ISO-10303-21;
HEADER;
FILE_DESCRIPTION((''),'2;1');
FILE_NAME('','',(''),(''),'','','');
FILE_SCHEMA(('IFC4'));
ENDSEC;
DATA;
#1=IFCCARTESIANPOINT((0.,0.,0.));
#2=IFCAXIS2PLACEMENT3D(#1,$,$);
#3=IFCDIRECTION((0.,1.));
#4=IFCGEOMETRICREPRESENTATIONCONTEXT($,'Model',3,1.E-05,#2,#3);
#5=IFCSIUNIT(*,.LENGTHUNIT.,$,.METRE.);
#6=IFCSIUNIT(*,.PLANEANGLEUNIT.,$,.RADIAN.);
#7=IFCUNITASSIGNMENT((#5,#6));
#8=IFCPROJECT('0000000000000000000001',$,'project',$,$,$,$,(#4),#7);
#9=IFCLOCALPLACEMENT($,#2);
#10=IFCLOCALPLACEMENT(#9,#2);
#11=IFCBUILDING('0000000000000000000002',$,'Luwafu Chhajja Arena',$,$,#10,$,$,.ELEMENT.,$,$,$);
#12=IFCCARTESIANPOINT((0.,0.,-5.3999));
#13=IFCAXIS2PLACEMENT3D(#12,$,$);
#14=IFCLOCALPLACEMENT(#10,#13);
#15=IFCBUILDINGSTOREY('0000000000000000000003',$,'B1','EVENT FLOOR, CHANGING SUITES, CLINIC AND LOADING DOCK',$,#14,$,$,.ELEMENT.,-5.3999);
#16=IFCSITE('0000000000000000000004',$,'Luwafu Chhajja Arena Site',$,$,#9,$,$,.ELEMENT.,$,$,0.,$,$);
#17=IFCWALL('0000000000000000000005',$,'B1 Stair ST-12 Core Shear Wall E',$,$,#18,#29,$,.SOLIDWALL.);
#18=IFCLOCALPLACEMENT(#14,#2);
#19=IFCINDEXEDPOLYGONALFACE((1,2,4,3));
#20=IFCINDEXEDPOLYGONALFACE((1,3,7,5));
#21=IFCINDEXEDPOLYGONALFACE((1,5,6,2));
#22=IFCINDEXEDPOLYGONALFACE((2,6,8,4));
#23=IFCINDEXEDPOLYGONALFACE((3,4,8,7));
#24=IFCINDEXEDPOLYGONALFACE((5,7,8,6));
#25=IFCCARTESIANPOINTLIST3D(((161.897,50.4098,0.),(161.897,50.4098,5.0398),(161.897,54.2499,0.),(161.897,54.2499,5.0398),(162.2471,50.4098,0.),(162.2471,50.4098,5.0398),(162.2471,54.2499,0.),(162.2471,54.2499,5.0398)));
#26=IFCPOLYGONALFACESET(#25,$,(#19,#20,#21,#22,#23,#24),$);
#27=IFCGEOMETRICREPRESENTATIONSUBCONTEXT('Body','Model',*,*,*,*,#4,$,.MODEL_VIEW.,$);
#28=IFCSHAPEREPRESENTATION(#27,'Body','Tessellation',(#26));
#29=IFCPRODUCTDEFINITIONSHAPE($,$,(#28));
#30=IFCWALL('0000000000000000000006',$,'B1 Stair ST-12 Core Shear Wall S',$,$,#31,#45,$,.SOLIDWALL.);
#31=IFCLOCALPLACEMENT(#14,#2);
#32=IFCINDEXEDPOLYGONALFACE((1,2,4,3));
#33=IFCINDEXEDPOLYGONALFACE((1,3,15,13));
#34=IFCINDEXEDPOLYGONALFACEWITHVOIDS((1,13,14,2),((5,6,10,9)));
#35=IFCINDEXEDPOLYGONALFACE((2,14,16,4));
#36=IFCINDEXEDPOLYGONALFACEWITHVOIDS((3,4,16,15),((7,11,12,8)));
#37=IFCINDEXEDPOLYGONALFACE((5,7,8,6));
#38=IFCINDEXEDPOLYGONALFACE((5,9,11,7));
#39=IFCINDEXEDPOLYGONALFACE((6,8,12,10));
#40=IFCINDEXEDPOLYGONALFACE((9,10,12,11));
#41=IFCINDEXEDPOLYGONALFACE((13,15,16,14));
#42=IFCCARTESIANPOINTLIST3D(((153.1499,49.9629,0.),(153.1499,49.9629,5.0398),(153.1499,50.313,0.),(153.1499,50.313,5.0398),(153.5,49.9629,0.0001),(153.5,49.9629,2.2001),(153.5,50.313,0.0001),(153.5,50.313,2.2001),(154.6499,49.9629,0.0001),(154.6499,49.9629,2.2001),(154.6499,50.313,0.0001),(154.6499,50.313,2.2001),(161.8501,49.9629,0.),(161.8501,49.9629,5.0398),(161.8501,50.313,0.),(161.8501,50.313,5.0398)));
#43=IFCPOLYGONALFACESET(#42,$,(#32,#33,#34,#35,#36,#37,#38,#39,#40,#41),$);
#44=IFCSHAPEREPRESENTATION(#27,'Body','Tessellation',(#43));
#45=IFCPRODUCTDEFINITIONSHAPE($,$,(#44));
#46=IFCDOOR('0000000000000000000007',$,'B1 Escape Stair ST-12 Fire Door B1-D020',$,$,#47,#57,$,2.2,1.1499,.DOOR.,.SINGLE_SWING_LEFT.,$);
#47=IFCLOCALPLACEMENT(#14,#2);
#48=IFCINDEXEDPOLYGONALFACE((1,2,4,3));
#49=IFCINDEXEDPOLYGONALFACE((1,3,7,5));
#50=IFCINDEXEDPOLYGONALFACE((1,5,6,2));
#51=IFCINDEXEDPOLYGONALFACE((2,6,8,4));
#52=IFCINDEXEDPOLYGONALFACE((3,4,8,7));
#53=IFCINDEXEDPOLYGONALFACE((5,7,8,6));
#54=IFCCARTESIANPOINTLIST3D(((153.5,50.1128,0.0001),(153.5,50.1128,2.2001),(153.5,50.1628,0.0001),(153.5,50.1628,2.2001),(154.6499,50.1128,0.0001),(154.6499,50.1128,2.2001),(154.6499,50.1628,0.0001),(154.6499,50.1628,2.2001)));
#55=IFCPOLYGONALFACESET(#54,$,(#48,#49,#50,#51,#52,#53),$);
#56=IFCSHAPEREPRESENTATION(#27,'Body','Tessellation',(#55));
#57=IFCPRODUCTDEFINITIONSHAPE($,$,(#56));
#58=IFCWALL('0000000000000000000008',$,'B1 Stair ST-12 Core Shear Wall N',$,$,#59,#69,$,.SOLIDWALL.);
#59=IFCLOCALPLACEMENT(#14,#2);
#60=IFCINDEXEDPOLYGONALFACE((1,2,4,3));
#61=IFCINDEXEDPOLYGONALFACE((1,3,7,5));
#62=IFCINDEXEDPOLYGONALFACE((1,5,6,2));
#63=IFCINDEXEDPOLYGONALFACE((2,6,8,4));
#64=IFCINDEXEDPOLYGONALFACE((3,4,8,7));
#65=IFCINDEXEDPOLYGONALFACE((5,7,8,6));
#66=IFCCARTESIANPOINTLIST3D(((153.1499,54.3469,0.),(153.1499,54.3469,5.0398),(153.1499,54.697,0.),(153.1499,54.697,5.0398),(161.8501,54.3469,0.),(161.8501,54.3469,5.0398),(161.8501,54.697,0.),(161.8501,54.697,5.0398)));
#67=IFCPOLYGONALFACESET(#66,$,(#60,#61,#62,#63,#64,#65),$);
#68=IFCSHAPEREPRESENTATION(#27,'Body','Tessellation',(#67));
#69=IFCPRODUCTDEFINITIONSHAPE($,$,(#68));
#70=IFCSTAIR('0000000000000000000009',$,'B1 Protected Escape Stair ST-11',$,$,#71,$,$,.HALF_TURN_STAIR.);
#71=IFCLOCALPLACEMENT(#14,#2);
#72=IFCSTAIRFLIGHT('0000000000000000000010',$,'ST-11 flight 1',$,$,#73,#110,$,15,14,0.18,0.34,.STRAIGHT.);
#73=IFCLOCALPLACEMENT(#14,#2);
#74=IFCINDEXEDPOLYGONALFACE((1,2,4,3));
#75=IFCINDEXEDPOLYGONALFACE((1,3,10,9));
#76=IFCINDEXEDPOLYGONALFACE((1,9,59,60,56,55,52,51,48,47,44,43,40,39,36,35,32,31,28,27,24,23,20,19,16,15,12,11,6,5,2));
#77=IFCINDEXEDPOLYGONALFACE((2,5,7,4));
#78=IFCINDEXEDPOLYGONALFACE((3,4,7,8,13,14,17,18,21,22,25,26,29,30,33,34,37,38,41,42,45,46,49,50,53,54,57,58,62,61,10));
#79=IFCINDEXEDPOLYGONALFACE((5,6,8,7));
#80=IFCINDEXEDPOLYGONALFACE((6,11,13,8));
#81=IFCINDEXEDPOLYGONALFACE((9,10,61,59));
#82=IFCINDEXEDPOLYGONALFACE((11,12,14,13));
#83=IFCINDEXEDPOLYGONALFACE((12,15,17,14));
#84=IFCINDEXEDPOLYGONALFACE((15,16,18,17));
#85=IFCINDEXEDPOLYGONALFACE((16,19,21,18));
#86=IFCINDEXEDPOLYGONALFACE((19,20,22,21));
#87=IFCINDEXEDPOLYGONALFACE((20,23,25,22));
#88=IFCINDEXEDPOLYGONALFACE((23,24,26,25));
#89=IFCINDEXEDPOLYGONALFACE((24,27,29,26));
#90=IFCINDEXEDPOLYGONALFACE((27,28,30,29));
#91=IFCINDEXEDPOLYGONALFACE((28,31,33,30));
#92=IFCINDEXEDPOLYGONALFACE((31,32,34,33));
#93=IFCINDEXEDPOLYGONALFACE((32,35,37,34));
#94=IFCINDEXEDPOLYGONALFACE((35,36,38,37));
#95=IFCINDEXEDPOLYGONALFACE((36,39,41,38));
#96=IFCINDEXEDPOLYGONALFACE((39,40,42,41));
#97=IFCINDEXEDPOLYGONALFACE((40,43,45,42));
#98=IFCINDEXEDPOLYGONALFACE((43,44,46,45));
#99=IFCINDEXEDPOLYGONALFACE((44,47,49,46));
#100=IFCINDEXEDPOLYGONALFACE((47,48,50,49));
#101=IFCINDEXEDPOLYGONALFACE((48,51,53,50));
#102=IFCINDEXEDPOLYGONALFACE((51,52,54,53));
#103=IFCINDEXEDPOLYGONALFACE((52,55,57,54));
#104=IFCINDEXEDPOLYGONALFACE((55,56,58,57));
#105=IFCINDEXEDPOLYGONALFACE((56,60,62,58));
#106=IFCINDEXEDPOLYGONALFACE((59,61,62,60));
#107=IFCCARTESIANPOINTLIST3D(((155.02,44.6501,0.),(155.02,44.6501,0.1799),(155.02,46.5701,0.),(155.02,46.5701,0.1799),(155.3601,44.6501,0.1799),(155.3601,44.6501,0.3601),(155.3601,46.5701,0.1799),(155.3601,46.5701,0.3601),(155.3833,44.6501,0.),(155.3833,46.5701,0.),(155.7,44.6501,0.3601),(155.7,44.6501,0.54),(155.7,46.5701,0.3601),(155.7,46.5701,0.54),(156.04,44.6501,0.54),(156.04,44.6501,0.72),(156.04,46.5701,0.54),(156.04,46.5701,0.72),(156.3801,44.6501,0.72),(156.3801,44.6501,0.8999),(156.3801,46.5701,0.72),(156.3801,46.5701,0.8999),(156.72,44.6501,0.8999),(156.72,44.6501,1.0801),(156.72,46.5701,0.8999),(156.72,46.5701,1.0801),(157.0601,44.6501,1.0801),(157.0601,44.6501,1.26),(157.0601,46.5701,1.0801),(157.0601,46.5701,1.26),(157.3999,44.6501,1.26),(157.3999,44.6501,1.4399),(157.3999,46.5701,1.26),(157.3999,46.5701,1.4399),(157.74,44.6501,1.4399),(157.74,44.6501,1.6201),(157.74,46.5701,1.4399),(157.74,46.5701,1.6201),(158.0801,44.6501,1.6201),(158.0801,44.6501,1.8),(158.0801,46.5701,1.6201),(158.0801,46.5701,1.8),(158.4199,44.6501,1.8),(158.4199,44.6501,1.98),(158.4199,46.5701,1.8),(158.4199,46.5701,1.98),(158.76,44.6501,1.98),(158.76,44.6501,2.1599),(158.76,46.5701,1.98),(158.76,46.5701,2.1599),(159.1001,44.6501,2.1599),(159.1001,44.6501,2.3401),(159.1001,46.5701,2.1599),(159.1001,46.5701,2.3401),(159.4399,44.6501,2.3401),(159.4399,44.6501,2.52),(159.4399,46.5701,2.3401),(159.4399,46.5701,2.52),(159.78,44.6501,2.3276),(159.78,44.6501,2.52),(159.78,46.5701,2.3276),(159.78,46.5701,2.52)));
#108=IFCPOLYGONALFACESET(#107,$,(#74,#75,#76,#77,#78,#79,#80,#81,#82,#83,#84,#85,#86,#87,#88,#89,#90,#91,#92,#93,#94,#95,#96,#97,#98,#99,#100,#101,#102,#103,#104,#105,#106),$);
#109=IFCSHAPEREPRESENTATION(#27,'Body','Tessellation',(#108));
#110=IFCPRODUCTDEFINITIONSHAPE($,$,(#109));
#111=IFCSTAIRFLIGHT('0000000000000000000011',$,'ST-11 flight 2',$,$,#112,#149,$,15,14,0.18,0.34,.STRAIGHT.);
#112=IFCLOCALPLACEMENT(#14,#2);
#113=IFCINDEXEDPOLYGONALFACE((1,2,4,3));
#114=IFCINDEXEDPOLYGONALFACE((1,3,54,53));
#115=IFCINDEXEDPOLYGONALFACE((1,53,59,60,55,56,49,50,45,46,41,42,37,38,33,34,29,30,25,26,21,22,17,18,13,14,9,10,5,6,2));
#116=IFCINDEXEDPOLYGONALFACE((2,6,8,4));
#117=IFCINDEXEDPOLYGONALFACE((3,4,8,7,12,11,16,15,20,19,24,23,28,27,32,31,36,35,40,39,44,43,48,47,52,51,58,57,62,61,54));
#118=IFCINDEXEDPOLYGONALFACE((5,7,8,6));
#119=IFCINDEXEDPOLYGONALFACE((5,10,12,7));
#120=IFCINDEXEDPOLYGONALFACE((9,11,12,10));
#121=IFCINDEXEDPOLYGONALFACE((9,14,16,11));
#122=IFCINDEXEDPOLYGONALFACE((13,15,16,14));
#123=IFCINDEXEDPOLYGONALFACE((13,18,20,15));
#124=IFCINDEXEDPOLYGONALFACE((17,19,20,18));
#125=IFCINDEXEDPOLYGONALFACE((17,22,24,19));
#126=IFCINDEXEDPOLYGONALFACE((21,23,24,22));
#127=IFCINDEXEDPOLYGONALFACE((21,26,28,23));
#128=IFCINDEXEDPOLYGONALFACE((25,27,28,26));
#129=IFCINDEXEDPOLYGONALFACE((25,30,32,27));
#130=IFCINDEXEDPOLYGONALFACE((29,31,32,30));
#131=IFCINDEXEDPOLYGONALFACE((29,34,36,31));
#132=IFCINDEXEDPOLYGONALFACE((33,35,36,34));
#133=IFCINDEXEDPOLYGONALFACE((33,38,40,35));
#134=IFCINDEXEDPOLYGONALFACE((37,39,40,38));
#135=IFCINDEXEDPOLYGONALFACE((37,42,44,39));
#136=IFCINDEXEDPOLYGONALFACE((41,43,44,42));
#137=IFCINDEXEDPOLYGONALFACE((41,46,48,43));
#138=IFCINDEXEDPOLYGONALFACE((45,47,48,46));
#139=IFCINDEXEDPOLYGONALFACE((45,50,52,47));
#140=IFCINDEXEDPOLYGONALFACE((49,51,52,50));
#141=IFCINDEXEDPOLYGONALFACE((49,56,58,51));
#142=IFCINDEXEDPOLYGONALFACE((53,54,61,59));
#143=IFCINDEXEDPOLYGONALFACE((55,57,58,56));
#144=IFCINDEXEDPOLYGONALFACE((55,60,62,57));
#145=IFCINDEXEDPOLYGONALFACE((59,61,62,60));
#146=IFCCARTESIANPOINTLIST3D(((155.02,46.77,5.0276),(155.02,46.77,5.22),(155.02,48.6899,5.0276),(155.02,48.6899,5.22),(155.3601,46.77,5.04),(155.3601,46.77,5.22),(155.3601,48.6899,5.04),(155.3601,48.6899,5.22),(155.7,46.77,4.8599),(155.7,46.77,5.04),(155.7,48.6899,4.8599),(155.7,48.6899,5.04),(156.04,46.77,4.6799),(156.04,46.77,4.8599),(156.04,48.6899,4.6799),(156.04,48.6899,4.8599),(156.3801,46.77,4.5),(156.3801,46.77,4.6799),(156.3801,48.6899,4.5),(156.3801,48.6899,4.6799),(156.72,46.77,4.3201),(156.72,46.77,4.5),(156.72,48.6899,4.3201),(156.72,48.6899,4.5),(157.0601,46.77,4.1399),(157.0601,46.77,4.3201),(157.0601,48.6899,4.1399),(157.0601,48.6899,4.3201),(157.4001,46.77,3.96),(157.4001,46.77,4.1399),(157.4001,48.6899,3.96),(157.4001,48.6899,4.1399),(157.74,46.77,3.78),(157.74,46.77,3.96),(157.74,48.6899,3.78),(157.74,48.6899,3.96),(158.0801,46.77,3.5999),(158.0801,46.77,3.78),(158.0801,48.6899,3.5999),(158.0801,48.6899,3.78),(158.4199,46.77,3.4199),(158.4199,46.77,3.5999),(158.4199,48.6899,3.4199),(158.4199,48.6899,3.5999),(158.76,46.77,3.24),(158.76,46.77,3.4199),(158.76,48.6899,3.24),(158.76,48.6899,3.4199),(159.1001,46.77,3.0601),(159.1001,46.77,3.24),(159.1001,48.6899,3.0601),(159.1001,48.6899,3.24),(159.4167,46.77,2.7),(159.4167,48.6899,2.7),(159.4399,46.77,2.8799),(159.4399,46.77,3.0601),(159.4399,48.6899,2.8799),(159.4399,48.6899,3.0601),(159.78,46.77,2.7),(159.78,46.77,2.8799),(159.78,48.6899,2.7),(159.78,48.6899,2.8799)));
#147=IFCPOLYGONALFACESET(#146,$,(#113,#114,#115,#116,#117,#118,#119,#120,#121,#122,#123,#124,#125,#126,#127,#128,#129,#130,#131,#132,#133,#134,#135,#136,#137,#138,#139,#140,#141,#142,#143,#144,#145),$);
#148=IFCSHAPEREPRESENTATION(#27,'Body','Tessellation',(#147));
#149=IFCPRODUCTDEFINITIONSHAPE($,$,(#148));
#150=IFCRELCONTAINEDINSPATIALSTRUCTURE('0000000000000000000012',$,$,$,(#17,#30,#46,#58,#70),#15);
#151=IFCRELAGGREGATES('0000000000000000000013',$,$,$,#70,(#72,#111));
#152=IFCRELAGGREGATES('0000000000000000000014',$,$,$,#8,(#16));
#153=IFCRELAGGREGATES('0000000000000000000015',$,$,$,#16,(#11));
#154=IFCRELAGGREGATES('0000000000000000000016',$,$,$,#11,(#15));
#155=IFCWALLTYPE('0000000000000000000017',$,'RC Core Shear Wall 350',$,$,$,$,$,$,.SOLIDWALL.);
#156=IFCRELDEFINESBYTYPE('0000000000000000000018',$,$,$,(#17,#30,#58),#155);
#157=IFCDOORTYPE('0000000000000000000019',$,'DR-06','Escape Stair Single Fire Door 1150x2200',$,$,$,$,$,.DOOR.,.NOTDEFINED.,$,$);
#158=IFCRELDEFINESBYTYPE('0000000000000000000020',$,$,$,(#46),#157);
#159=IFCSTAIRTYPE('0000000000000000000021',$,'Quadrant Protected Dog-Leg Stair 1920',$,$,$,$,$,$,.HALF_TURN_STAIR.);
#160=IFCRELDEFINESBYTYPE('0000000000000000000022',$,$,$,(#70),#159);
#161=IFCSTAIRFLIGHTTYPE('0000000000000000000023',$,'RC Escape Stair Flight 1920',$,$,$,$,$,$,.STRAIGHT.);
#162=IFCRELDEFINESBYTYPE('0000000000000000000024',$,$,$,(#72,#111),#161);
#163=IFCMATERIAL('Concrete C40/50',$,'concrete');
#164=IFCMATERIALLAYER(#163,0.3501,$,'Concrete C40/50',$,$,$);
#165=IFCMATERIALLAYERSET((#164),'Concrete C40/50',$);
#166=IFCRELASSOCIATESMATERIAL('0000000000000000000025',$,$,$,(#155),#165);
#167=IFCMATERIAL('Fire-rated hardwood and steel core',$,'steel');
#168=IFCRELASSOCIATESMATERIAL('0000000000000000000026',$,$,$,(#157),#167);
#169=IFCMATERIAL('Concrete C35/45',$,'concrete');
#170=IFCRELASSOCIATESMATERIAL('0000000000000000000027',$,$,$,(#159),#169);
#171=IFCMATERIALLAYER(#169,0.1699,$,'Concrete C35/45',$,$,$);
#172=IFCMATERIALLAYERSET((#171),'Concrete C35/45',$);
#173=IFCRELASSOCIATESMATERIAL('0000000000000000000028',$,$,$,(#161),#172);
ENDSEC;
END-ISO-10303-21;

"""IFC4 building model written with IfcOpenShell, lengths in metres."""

from ifc_helpers import new_model, si_unit, direction, frame, frame_2d, origin, place, context, subcontext, project, spatial, polyline, rectangle, outline, extrude, material, layer, layer_set, type_object, element, fill, aggregate, save


model = new_model("IFC4")

# Units and contexts
model_context = context("Model", 3, precision=1e-05, world=origin(), true_north=direction((0.0, 1.0)))
body_context = subcontext(model_context, "Body", "Model", "MODEL_VIEW")
ifc_project = project(units=[si_unit("LENGTHUNIT", "METRE"), si_unit("PLANEANGLEUNIT", "RADIAN")], contexts=[model_context])

# Site, building, storey
site_placement = place(None, origin())
site = spatial("IfcSite", under=ifc_project, at=site_placement, Name="Luwafu Chhajja Arena Site", CompositionType="ELEMENT", RefElevation=0.0)
building_placement = place(site_placement, origin())
building = spatial("IfcBuilding", under=site, at=building_placement, Name="Luwafu Chhajja Arena", CompositionType="ELEMENT")
storey_placement = place(building_placement, frame((0.0, 0.0, -5.3999)))
storey = spatial("IfcBuildingStorey", under=building, at=storey_placement, Name="B1", Description="EVENT FLOOR, CHANGING SUITES, CLINIC AND LOADING DOCK", CompositionType="ELEMENT", Elevation=-5.3999)

# Shared definitions
ifc_material_1 = material(Name="Concrete C35/45", Category="concrete")

# Shared definitions
ifc_material_2 = material(Name="Concrete C40/50", Category="concrete")
ifc_layer_1 = layer(ifc_material_2, 0.3501, Name="Concrete C40/50")
ifc_layer_set_1 = layer_set([ifc_layer_1], Name="Concrete C40/50")
wall_type = type_object("IfcWallType", Name="RC Core Shear Wall 350", PredefinedType="SOLIDWALL", material=ifc_layer_set_1)

# Shared definitions
ifc_material_3 = material(Name="Fire-rated hardwood and steel core", Category="steel")
door_type = type_object("IfcDoorType", Name="DR-06", Description="Escape Stair Single Fire Door 1150x2200", OperationType="NOTDEFINED", PredefinedType="DOOR", material=ifc_material_3)

# Wall
wall_1_placement = place(storey_placement, frame((162.072, 50.4099, 0.0), z_axis=(0.0, 0.0, 1.0), x_axis=(0.0, 1.0, 0.0)))
element("IfcWall", 1, at=wall_1_placement, inside=storey, type_object=wall_type, Name="B1 Stair ST-12 Core Shear Wall E", PredefinedType="SOLIDWALL", context=body_context, shape_type="SweptSolid", body=[
    extrude(rectangle(XDim=3.8401, YDim=0.3501, at=frame_2d((1.9199, 0.0))), origin(), (0.0, 0.0, 1.0), 5.0398),
])

# Wall, opening, door
wall_2_placement = place(storey_placement, frame((153.1499, 50.1379, 0.0), z_axis=(0.0, 0.0, 1.0), x_axis=(1.0, 0.0, 0.0)))
wall_2 = element("IfcWall", 2, at=wall_2_placement, inside=storey, type_object=wall_type, Name="B1 Stair ST-12 Core Shear Wall S", PredefinedType="SOLIDWALL", context=body_context, shape_type="SweptSolid", body=[
    extrude(rectangle(XDim=8.7002, YDim=0.3501, at=frame_2d((4.3501, 0.0))), origin(), (0.0, 0.0, 1.0), 5.0398),
])
opening_1_placement = place(wall_2_placement, frame((0.3501, 0.0, 0.0)))
opening_1 = element("IfcOpeningElement", 3, at=opening_1_placement, cuts=wall_2, PredefinedType="OPENING", context=body_context, shape_type="SweptSolid", body=[
    extrude(rectangle(XDim=1.1499, YDim=2.2, at=frame_2d((0.575, 1.1001))), frame((0.0, 0.1851, 0.0), z_axis=(0.0, -1.0, 0.0), x_axis=(1.0, 0.0, 0.0)), (0.0, 0.0, 1.0), 0.3701),
])
door_1_placement = place(opening_1_placement, origin())
door_1 = element("IfcDoor", 4, at=door_1_placement, inside=storey, type_object=door_type, Name="B1 Escape Stair ST-12 Fire Door B1-D020", OperationType="SINGLE_SWING_LEFT", OverallHeight=2.2, OverallWidth=1.1499, PredefinedType="DOOR", context=body_context, shape_type="SweptSolid", body=[
    extrude(rectangle(XDim=1.1499, YDim=2.2, at=frame_2d((0.575, 1.1001))), frame((0.0, 0.0249, 0.0), z_axis=(0.0, -1.0, 0.0), x_axis=(1.0, 0.0, 0.0)), (0.0, 0.0, 1.0), 0.05),
])
fill(opening_1, door_1)

# Wall
wall_3_placement = place(storey_placement, frame((153.1499, 54.522, 0.0), z_axis=(0.0, 0.0, 1.0), x_axis=(1.0, 0.0, 0.0)))
element("IfcWall", 5, at=wall_3_placement, inside=storey, type_object=wall_type, Name="B1 Stair ST-12 Core Shear Wall N", PredefinedType="SOLIDWALL", context=body_context, shape_type="SweptSolid", body=[
    extrude(rectangle(XDim=8.7002, YDim=0.3501, at=frame_2d((4.3501, 0.0))), origin(), (0.0, 0.0, 1.0), 5.0398),
])

# Stair, stair flights
stair_type = type_object("IfcStairType", Name="Quadrant Protected Dog-Leg Stair 1920", PredefinedType="HALF_TURN_STAIR", material=ifc_material_1)
stair_1_placement = place(storey_placement, origin())
stair_1 = element("IfcStair", 6, at=stair_1_placement, inside=storey, type_object=stair_type, Name="B1 Protected Escape Stair ST-11", PredefinedType="HALF_TURN_STAIR")
ifc_layer_2 = layer(ifc_material_1, 0.1699, Name="Concrete C35/45")
ifc_layer_set_2 = layer_set([ifc_layer_2], Name="Concrete C35/45")
stair_flight_type = type_object("IfcStairFlightType", Name="RC Escape Stair Flight 1920", PredefinedType="STRAIGHT", material=ifc_layer_set_2)
stair_flight_1_placement = place(storey_placement, frame((155.02, 45.6101, 0.0), z_axis=(0.0, 0.0, 1.0), x_axis=(1.0, 0.0, 0.0)))
stair_flight_1 = element("IfcStairFlight", 7, at=stair_flight_1_placement, type_object=stair_flight_type, Name="ST-11 flight 1", NumberOfRisers=15, NumberOfTreads=14, PredefinedType="STRAIGHT", RiserHeight=0.18, TreadLength=0.34, context=body_context, shape_type="SweptSolid", body=[
    extrude(outline(polyline([(0.0, 0.0), (0.0, 0.1799), (0.3401, 0.1799), (0.3401, 0.3601), (0.6799, 0.3601), (0.6799, 0.54), (1.02, 0.54), (1.02, 0.72), (1.3601, 0.72), (1.3601, 0.8999), (1.7, 0.8999), (1.7, 1.0801), (2.04, 1.0801), (2.04, 1.26), (2.3799, 1.26), (2.3799, 1.4399), (2.72, 1.4399), (2.72, 1.6201), (3.0601, 1.6201), (3.0601, 1.8), (3.3999, 1.8), (3.3999, 1.98), (3.74, 1.98), (3.74, 2.1599), (4.0801, 2.1599), (4.0801, 2.3401), (4.4199, 2.3401), (4.4199, 2.52), (4.76, 2.52), (4.76, 2.7), (4.76, 2.3276), (0.3633, 0.0), (0.0, 0.0)])), frame((0.0, 0.96, 0.0), z_axis=(0.0, -1.0, 0.0), x_axis=(1.0, 0.0, 0.0)), (0.0, 0.0, 1.0), 1.9199),
])
stair_flight_2_placement = place(storey_placement, frame((159.78, 47.73, 2.7), z_axis=(0.0, 0.0, 1.0), x_axis=(-1.0, 0.0, 0.0)))
stair_flight_2 = element("IfcStairFlight", 8, at=stair_flight_2_placement, type_object=stair_flight_type, Name="ST-11 flight 2", NumberOfRisers=15, NumberOfTreads=14, PredefinedType="STRAIGHT", RiserHeight=0.18, TreadLength=0.34, context=body_context, shape_type="SweptSolid", body=[
    extrude(outline(polyline([(0.0, 0.0), (0.0, 0.1799), (0.3401, 0.1799), (0.3401, 0.3601), (0.6799, 0.3601), (0.6799, 0.54), (1.02, 0.54), (1.02, 0.72), (1.3601, 0.72), (1.3601, 0.8999), (1.7, 0.8999), (1.7, 1.0801), (2.04, 1.0801), (2.04, 1.26), (2.3799, 1.26), (2.3799, 1.4399), (2.72, 1.4399), (2.72, 1.6201), (3.0601, 1.6201), (3.0601, 1.8), (3.3999, 1.8), (3.3999, 1.98), (3.74, 1.98), (3.74, 2.1599), (4.0801, 2.1599), (4.0801, 2.3401), (4.4199, 2.3401), (4.4199, 2.52), (4.76, 2.52), (4.76, 2.7), (4.76, 2.3276), (0.3633, 0.0), (0.0, 0.0)])), frame((0.0, 0.96, 0.0), z_axis=(0.0, -1.0, 0.0), x_axis=(1.0, 0.0, 0.0)), (0.0, 0.0, 1.0), 1.9199),
])
aggregate(stair_1, [stair_flight_1, stair_flight_2])

save(model, "model.ifc")
